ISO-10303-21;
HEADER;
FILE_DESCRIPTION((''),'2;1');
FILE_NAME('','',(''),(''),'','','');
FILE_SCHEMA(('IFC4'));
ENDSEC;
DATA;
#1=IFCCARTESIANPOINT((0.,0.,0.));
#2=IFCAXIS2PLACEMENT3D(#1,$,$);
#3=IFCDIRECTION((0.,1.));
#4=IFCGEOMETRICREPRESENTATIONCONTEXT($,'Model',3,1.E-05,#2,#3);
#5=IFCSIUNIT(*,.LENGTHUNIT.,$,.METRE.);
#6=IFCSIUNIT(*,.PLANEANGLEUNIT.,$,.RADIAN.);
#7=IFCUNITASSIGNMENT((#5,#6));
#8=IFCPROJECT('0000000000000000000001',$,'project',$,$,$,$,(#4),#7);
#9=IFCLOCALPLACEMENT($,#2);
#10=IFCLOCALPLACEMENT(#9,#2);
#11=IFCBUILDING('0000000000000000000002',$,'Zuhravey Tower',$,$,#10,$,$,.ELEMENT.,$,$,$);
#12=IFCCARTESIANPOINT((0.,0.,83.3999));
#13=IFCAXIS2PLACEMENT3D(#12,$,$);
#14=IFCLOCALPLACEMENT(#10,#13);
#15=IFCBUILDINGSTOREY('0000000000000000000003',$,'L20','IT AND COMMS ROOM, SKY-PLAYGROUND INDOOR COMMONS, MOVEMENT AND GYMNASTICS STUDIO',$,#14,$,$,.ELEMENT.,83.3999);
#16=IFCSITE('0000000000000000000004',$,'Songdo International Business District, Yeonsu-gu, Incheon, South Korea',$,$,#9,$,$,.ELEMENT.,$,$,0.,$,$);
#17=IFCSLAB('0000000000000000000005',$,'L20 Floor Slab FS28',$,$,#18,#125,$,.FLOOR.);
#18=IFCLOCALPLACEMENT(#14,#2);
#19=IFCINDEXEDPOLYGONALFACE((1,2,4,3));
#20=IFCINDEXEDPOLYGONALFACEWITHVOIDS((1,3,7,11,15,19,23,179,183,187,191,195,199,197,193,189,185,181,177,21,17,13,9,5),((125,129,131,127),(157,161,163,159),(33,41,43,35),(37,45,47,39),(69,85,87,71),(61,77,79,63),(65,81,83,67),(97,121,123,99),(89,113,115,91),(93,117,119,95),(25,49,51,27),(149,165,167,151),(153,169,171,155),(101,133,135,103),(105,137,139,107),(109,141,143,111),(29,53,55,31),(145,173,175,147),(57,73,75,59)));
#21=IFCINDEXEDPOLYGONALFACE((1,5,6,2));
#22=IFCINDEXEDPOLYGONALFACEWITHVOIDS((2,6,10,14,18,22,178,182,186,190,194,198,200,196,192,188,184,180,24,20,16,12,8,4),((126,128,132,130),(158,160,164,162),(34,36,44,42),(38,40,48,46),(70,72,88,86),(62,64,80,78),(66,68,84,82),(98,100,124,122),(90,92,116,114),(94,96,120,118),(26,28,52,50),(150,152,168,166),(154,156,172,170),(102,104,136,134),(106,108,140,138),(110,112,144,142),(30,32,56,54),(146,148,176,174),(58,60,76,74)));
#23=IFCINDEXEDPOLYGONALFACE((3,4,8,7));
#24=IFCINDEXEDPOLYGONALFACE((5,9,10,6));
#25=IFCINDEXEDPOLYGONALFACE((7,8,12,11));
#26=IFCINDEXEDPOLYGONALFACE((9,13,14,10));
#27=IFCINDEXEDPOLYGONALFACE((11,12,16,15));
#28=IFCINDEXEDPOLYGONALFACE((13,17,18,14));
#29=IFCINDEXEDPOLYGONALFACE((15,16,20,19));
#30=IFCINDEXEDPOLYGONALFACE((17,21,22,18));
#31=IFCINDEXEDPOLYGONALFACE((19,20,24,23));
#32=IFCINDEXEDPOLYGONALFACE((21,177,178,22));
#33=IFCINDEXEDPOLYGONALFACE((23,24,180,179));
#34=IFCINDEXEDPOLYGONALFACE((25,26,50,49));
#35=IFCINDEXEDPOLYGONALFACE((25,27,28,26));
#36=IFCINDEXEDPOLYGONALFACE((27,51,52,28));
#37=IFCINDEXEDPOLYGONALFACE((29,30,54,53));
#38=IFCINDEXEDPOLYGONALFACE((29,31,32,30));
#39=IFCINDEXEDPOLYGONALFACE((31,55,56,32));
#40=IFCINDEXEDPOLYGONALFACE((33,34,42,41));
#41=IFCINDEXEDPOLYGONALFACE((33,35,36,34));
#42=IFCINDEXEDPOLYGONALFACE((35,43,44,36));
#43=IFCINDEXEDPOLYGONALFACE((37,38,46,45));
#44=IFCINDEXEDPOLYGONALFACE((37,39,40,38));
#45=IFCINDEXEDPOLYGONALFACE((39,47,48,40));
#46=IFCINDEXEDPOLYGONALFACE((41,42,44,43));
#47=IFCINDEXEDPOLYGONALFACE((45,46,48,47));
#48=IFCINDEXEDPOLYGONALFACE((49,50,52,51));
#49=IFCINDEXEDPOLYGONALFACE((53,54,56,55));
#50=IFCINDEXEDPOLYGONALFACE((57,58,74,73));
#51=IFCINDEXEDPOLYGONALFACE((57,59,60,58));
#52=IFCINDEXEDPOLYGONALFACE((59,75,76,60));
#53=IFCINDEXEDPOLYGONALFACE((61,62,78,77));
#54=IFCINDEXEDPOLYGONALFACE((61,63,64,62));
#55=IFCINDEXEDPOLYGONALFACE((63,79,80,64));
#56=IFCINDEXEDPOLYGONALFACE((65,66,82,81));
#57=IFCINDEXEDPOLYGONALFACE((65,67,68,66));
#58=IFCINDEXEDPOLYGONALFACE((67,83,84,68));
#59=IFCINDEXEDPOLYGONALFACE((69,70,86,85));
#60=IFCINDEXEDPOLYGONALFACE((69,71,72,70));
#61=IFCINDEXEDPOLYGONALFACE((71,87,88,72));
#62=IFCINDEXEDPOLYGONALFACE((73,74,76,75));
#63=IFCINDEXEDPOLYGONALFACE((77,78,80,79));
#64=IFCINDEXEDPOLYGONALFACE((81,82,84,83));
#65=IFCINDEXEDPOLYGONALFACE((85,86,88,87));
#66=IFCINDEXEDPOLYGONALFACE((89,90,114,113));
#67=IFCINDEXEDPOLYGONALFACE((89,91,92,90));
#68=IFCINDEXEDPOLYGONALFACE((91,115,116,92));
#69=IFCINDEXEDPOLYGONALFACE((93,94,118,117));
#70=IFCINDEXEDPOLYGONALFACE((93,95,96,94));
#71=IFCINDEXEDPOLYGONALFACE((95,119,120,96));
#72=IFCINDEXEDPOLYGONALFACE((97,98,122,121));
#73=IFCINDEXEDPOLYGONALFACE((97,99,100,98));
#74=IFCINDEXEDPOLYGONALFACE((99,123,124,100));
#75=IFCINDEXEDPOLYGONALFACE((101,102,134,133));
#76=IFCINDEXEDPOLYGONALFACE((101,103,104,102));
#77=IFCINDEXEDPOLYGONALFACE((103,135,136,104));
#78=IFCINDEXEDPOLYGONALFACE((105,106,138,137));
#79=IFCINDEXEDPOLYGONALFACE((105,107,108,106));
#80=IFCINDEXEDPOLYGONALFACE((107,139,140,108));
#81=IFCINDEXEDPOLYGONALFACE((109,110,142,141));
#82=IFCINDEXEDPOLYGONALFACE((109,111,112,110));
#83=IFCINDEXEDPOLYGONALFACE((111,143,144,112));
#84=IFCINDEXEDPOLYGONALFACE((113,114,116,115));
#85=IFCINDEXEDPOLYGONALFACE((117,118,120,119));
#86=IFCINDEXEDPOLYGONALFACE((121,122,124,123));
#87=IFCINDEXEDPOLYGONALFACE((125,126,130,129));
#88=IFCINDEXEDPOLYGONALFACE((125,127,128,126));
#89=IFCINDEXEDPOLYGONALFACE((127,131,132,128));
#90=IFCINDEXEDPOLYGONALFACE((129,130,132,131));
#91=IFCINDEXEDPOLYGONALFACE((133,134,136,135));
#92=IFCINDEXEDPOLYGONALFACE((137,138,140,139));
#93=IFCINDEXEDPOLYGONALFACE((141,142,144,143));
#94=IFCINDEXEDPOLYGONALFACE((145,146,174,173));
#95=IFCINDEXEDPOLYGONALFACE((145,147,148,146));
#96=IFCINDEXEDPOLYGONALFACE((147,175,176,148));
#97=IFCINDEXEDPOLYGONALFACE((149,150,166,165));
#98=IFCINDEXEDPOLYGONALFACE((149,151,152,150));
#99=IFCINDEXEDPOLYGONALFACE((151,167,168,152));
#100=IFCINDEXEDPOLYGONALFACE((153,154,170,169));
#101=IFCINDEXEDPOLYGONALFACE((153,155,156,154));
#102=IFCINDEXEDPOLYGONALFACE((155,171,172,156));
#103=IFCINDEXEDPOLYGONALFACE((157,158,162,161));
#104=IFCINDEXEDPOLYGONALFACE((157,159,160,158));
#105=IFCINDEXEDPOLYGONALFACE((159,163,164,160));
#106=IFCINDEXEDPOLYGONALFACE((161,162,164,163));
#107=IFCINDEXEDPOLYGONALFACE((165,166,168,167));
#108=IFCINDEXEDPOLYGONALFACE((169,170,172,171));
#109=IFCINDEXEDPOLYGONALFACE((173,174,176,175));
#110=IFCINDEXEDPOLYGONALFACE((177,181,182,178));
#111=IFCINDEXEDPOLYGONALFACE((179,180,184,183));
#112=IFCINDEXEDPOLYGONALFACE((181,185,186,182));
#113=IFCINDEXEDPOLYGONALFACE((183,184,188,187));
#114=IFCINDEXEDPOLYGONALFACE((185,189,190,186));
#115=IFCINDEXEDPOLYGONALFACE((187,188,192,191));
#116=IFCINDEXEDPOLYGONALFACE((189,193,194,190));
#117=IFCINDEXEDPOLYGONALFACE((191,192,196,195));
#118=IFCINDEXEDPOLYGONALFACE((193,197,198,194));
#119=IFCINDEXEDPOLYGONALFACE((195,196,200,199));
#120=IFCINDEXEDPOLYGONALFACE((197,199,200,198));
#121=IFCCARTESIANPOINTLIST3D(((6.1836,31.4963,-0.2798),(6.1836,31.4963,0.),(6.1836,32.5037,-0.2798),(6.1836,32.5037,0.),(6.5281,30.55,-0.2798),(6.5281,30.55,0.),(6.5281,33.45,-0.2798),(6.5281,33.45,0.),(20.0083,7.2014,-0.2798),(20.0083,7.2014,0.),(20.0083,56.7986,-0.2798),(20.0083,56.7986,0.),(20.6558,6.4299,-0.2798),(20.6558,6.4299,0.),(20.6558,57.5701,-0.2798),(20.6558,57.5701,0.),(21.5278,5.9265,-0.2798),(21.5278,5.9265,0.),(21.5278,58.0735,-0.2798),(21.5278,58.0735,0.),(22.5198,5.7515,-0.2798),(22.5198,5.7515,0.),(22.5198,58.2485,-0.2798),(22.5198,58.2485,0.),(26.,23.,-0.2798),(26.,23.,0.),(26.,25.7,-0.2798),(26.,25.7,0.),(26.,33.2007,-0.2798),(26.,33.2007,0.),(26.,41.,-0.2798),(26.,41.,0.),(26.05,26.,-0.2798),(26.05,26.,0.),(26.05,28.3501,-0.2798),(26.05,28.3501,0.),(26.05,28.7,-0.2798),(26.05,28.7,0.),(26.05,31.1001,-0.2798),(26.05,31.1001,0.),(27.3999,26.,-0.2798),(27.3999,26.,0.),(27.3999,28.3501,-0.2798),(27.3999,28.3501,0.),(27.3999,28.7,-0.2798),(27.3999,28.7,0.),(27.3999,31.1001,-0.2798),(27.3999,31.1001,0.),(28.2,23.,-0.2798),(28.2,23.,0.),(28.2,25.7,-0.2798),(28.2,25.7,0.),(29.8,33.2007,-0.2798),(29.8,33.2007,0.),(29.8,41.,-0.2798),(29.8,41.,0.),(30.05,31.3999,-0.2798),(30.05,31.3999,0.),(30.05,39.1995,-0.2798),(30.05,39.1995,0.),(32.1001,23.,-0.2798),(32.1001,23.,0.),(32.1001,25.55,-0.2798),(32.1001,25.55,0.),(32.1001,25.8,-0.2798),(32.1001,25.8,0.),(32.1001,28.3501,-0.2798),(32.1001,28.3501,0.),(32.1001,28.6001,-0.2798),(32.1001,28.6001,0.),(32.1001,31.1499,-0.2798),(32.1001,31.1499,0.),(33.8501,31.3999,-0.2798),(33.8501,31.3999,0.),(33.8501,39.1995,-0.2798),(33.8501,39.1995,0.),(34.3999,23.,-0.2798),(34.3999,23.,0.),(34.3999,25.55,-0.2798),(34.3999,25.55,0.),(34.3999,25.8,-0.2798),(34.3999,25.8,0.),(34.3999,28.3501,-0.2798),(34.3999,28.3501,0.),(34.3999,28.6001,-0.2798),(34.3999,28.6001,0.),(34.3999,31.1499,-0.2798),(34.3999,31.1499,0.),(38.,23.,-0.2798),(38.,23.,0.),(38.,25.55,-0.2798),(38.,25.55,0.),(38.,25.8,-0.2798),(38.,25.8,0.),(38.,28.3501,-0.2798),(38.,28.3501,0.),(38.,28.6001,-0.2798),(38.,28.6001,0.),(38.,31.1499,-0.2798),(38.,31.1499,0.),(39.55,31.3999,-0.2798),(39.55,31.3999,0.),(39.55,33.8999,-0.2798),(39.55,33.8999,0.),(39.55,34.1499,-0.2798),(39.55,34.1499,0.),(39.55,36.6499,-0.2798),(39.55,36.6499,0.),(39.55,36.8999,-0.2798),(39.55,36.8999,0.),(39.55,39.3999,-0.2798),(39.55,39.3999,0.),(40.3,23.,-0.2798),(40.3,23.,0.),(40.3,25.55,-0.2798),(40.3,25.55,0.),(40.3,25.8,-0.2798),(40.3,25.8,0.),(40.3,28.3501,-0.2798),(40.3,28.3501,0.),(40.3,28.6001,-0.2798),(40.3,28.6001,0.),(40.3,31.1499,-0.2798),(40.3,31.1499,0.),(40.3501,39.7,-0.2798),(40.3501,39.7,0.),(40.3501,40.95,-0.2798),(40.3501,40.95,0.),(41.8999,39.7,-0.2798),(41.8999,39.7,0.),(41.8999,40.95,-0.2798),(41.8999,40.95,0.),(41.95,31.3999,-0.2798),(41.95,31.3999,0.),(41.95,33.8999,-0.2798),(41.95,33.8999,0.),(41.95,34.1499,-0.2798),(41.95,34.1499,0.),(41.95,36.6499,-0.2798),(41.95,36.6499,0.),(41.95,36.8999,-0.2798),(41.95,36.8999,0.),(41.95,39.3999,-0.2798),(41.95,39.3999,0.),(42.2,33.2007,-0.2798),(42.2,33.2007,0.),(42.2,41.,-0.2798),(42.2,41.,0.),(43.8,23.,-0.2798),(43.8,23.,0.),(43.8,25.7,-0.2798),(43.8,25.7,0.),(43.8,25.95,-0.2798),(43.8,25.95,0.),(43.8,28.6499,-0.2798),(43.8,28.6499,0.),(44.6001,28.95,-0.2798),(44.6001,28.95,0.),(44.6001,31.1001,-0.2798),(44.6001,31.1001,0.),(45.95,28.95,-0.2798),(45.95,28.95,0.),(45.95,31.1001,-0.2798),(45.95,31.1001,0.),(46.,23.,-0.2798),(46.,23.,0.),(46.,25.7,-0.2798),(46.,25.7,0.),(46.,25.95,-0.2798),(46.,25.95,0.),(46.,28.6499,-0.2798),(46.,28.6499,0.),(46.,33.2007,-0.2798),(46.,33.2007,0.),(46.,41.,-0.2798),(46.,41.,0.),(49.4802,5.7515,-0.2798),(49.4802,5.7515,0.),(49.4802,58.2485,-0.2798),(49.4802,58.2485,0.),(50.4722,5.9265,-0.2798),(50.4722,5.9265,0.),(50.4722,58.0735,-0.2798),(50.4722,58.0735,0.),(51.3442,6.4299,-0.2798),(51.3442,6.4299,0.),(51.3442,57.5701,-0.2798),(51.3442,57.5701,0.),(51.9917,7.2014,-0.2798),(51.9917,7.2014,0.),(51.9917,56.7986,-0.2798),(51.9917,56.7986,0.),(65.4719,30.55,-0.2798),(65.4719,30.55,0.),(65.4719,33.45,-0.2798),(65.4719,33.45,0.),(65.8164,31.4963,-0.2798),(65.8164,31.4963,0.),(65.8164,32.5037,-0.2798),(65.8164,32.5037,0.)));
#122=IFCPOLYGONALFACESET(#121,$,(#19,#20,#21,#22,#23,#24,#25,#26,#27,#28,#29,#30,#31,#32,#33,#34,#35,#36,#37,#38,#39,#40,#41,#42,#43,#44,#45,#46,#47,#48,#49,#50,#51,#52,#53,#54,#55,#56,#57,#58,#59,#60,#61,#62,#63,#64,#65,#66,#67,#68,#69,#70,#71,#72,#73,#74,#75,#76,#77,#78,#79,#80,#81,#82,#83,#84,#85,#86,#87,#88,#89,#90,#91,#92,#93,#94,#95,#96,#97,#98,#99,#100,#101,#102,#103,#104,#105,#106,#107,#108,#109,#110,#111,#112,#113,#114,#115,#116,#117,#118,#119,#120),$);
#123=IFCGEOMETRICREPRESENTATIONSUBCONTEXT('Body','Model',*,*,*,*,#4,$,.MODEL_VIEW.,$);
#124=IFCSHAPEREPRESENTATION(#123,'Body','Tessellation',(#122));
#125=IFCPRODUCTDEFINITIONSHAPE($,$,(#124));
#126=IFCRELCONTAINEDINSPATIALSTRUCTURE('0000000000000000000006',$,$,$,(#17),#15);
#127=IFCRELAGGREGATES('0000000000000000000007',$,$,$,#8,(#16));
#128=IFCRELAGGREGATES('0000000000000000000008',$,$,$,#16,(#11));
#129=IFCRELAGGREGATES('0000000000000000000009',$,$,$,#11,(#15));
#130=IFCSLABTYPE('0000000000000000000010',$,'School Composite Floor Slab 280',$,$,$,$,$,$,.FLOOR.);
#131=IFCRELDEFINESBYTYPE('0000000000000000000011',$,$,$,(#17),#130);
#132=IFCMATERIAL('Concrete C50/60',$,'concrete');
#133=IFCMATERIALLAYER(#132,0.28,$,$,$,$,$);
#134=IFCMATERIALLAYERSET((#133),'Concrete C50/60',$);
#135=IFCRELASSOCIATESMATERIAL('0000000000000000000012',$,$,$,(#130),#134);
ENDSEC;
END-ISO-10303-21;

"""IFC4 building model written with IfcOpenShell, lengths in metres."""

from ifc_helpers import new_model, si_unit, direction, frame, origin, place, context, subcontext, project, spatial, polyline, outline, extrude, material, layer, layer_set, type_object, element, save


model = new_model("IFC4")

# Units and contexts
model_context = context("Model", 3, precision=1e-05, world=origin(), true_north=direction((0.0, 1.0)))
body_context = subcontext(model_context, "Body", "Model", "MODEL_VIEW")
ifc_project = project(units=[si_unit("LENGTHUNIT", "METRE"), si_unit("PLANEANGLEUNIT", "RADIAN")], contexts=[model_context])

# Site, building, storey
site_placement = place(None, origin())
site = spatial("IfcSite", under=ifc_project, at=site_placement, Name="Songdo International Business District, Yeonsu-gu, Incheon, South Korea", CompositionType="ELEMENT", RefElevation=0.0)
building_placement = place(site_placement, origin())
building = spatial("IfcBuilding", under=site, at=building_placement, Name="Zuhravey Tower", CompositionType="ELEMENT")
storey_placement = place(building_placement, frame((0.0, 0.0, 83.3999)))
storey = spatial("IfcBuildingStorey", under=building, at=storey_placement, Name="L20", Description="IT AND COMMS ROOM, SKY-PLAYGROUND INDOOR COMMONS, MOVEMENT AND GYMNASTICS STUDIO", CompositionType="ELEMENT", Elevation=83.3999)

# Slab
ifc_material_1 = material(Name="Concrete C50/60", Category="concrete")
ifc_layer_1 = layer(ifc_material_1, 0.28)
ifc_layer_set_1 = layer_set([ifc_layer_1], Name="Concrete C50/60")
slab_type_1 = type_object("IfcSlabType", Name="School Composite Floor Slab 280", PredefinedType="FLOOR", material=ifc_layer_set_1)
slab_1_placement = place(storey_placement, frame((0.0, 0.0, -0.2798)))
element("IfcSlab", 1, at=slab_1_placement, inside=storey, type_object=slab_type_1, Name="L20 Floor Slab FS28", PredefinedType="FLOOR", context=body_context, shape_type="SweptSolid", body=[
    extrude(outline(polyline([(65.4719, 30.55), (65.8164, 31.4963), (65.8164, 32.5037), (65.4719, 33.45), (51.9917, 56.7986), (51.3442, 57.5701), (50.4722, 58.0735), (49.4802, 58.2485), (22.5198, 58.2485), (21.5278, 58.0735), (20.6558, 57.5701), (20.0083, 56.7986), (6.5281, 33.45), (6.1836, 32.5037), (6.1836, 31.4963), (6.5281, 30.55), (20.0083, 7.2014), (20.6558, 6.4299), (21.5278, 5.9265), (22.5198, 5.7515), (49.4802, 5.7515), (50.4722, 5.9265), (51.3442, 6.4299), (51.9917, 7.2014), (65.4719, 30.55)]), holes=[polyline([(29.8, 33.2007), (29.8, 41.0), (26.0, 41.0), (26.0, 33.2007), (29.8, 33.2007)]), polyline([(46.0, 33.2007), (46.0, 41.0), (42.2, 41.0), (42.2, 33.2007), (46.0, 33.2007)]), polyline([(30.05, 39.1995), (30.05, 31.3999), (33.8501, 31.3999), (33.8501, 39.1995), (30.05, 39.1995)]), polyline([(32.1001, 23.0), (34.3999, 23.0), (34.3999, 25.55), (32.1001, 25.55), (32.1001, 23.0)]), polyline([(32.1001, 25.8), (34.3999, 25.8), (34.3999, 28.3501), (32.1001, 28.3501), (32.1001, 25.8)]), polyline([(32.1001, 28.6001), (34.3999, 28.6001), (34.3999, 31.1499), (32.1001, 31.1499), (32.1001, 28.6001)]), polyline([(38.0, 23.0), (40.3, 23.0), (40.3, 25.55), (38.0, 25.55), (38.0, 23.0)]), polyline([(38.0, 25.8), (40.3, 25.8), (40.3, 28.3501), (38.0, 28.3501), (38.0, 25.8)]), polyline([(38.0, 28.6001), (40.3, 28.6001), (40.3, 31.1499), (38.0, 31.1499), (38.0, 28.6001)]), polyline([(39.55, 31.3999), (41.95, 31.3999), (41.95, 33.8999), (39.55, 33.8999), (39.55, 31.3999)]), polyline([(39.55, 34.1499), (41.95, 34.1499), (41.95, 36.6499), (39.55, 36.6499), (39.55, 34.1499)]), polyline([(39.55, 36.8999), (41.95, 36.8999), (41.95, 39.3999), (39.55, 39.3999), (39.55, 36.8999)]), polyline([(26.0, 23.0), (28.2, 23.0), (28.2, 25.7), (26.0, 25.7), (26.0, 23.0)]), polyline([(43.8, 23.0), (46.0, 23.0), (46.0, 25.7), (43.8, 25.7), (43.8, 23.0)]), polyline([(43.8, 25.95), (46.0, 25.95), (46.0, 28.6499), (43.8, 28.6499), (43.8, 25.95)]), polyline([(26.05, 26.0), (27.3999, 26.0), (27.3999, 28.3501), (26.05, 28.3501), (26.05, 26.0)]), polyline([(26.05, 28.7), (27.3999, 28.7), (27.3999, 31.1001), (26.05, 31.1001), (26.05, 28.7)]), polyline([(44.6001, 28.95), (45.95, 28.95), (45.95, 31.1001), (44.6001, 31.1001), (44.6001, 28.95)]), polyline([(40.3501, 39.7), (41.8999, 39.7), (41.8999, 40.95), (40.3501, 40.95), (40.3501, 39.7)])]), origin(), (0.0, 0.0, 1.0), 0.2798),
])

save(model, "model.ifc")
